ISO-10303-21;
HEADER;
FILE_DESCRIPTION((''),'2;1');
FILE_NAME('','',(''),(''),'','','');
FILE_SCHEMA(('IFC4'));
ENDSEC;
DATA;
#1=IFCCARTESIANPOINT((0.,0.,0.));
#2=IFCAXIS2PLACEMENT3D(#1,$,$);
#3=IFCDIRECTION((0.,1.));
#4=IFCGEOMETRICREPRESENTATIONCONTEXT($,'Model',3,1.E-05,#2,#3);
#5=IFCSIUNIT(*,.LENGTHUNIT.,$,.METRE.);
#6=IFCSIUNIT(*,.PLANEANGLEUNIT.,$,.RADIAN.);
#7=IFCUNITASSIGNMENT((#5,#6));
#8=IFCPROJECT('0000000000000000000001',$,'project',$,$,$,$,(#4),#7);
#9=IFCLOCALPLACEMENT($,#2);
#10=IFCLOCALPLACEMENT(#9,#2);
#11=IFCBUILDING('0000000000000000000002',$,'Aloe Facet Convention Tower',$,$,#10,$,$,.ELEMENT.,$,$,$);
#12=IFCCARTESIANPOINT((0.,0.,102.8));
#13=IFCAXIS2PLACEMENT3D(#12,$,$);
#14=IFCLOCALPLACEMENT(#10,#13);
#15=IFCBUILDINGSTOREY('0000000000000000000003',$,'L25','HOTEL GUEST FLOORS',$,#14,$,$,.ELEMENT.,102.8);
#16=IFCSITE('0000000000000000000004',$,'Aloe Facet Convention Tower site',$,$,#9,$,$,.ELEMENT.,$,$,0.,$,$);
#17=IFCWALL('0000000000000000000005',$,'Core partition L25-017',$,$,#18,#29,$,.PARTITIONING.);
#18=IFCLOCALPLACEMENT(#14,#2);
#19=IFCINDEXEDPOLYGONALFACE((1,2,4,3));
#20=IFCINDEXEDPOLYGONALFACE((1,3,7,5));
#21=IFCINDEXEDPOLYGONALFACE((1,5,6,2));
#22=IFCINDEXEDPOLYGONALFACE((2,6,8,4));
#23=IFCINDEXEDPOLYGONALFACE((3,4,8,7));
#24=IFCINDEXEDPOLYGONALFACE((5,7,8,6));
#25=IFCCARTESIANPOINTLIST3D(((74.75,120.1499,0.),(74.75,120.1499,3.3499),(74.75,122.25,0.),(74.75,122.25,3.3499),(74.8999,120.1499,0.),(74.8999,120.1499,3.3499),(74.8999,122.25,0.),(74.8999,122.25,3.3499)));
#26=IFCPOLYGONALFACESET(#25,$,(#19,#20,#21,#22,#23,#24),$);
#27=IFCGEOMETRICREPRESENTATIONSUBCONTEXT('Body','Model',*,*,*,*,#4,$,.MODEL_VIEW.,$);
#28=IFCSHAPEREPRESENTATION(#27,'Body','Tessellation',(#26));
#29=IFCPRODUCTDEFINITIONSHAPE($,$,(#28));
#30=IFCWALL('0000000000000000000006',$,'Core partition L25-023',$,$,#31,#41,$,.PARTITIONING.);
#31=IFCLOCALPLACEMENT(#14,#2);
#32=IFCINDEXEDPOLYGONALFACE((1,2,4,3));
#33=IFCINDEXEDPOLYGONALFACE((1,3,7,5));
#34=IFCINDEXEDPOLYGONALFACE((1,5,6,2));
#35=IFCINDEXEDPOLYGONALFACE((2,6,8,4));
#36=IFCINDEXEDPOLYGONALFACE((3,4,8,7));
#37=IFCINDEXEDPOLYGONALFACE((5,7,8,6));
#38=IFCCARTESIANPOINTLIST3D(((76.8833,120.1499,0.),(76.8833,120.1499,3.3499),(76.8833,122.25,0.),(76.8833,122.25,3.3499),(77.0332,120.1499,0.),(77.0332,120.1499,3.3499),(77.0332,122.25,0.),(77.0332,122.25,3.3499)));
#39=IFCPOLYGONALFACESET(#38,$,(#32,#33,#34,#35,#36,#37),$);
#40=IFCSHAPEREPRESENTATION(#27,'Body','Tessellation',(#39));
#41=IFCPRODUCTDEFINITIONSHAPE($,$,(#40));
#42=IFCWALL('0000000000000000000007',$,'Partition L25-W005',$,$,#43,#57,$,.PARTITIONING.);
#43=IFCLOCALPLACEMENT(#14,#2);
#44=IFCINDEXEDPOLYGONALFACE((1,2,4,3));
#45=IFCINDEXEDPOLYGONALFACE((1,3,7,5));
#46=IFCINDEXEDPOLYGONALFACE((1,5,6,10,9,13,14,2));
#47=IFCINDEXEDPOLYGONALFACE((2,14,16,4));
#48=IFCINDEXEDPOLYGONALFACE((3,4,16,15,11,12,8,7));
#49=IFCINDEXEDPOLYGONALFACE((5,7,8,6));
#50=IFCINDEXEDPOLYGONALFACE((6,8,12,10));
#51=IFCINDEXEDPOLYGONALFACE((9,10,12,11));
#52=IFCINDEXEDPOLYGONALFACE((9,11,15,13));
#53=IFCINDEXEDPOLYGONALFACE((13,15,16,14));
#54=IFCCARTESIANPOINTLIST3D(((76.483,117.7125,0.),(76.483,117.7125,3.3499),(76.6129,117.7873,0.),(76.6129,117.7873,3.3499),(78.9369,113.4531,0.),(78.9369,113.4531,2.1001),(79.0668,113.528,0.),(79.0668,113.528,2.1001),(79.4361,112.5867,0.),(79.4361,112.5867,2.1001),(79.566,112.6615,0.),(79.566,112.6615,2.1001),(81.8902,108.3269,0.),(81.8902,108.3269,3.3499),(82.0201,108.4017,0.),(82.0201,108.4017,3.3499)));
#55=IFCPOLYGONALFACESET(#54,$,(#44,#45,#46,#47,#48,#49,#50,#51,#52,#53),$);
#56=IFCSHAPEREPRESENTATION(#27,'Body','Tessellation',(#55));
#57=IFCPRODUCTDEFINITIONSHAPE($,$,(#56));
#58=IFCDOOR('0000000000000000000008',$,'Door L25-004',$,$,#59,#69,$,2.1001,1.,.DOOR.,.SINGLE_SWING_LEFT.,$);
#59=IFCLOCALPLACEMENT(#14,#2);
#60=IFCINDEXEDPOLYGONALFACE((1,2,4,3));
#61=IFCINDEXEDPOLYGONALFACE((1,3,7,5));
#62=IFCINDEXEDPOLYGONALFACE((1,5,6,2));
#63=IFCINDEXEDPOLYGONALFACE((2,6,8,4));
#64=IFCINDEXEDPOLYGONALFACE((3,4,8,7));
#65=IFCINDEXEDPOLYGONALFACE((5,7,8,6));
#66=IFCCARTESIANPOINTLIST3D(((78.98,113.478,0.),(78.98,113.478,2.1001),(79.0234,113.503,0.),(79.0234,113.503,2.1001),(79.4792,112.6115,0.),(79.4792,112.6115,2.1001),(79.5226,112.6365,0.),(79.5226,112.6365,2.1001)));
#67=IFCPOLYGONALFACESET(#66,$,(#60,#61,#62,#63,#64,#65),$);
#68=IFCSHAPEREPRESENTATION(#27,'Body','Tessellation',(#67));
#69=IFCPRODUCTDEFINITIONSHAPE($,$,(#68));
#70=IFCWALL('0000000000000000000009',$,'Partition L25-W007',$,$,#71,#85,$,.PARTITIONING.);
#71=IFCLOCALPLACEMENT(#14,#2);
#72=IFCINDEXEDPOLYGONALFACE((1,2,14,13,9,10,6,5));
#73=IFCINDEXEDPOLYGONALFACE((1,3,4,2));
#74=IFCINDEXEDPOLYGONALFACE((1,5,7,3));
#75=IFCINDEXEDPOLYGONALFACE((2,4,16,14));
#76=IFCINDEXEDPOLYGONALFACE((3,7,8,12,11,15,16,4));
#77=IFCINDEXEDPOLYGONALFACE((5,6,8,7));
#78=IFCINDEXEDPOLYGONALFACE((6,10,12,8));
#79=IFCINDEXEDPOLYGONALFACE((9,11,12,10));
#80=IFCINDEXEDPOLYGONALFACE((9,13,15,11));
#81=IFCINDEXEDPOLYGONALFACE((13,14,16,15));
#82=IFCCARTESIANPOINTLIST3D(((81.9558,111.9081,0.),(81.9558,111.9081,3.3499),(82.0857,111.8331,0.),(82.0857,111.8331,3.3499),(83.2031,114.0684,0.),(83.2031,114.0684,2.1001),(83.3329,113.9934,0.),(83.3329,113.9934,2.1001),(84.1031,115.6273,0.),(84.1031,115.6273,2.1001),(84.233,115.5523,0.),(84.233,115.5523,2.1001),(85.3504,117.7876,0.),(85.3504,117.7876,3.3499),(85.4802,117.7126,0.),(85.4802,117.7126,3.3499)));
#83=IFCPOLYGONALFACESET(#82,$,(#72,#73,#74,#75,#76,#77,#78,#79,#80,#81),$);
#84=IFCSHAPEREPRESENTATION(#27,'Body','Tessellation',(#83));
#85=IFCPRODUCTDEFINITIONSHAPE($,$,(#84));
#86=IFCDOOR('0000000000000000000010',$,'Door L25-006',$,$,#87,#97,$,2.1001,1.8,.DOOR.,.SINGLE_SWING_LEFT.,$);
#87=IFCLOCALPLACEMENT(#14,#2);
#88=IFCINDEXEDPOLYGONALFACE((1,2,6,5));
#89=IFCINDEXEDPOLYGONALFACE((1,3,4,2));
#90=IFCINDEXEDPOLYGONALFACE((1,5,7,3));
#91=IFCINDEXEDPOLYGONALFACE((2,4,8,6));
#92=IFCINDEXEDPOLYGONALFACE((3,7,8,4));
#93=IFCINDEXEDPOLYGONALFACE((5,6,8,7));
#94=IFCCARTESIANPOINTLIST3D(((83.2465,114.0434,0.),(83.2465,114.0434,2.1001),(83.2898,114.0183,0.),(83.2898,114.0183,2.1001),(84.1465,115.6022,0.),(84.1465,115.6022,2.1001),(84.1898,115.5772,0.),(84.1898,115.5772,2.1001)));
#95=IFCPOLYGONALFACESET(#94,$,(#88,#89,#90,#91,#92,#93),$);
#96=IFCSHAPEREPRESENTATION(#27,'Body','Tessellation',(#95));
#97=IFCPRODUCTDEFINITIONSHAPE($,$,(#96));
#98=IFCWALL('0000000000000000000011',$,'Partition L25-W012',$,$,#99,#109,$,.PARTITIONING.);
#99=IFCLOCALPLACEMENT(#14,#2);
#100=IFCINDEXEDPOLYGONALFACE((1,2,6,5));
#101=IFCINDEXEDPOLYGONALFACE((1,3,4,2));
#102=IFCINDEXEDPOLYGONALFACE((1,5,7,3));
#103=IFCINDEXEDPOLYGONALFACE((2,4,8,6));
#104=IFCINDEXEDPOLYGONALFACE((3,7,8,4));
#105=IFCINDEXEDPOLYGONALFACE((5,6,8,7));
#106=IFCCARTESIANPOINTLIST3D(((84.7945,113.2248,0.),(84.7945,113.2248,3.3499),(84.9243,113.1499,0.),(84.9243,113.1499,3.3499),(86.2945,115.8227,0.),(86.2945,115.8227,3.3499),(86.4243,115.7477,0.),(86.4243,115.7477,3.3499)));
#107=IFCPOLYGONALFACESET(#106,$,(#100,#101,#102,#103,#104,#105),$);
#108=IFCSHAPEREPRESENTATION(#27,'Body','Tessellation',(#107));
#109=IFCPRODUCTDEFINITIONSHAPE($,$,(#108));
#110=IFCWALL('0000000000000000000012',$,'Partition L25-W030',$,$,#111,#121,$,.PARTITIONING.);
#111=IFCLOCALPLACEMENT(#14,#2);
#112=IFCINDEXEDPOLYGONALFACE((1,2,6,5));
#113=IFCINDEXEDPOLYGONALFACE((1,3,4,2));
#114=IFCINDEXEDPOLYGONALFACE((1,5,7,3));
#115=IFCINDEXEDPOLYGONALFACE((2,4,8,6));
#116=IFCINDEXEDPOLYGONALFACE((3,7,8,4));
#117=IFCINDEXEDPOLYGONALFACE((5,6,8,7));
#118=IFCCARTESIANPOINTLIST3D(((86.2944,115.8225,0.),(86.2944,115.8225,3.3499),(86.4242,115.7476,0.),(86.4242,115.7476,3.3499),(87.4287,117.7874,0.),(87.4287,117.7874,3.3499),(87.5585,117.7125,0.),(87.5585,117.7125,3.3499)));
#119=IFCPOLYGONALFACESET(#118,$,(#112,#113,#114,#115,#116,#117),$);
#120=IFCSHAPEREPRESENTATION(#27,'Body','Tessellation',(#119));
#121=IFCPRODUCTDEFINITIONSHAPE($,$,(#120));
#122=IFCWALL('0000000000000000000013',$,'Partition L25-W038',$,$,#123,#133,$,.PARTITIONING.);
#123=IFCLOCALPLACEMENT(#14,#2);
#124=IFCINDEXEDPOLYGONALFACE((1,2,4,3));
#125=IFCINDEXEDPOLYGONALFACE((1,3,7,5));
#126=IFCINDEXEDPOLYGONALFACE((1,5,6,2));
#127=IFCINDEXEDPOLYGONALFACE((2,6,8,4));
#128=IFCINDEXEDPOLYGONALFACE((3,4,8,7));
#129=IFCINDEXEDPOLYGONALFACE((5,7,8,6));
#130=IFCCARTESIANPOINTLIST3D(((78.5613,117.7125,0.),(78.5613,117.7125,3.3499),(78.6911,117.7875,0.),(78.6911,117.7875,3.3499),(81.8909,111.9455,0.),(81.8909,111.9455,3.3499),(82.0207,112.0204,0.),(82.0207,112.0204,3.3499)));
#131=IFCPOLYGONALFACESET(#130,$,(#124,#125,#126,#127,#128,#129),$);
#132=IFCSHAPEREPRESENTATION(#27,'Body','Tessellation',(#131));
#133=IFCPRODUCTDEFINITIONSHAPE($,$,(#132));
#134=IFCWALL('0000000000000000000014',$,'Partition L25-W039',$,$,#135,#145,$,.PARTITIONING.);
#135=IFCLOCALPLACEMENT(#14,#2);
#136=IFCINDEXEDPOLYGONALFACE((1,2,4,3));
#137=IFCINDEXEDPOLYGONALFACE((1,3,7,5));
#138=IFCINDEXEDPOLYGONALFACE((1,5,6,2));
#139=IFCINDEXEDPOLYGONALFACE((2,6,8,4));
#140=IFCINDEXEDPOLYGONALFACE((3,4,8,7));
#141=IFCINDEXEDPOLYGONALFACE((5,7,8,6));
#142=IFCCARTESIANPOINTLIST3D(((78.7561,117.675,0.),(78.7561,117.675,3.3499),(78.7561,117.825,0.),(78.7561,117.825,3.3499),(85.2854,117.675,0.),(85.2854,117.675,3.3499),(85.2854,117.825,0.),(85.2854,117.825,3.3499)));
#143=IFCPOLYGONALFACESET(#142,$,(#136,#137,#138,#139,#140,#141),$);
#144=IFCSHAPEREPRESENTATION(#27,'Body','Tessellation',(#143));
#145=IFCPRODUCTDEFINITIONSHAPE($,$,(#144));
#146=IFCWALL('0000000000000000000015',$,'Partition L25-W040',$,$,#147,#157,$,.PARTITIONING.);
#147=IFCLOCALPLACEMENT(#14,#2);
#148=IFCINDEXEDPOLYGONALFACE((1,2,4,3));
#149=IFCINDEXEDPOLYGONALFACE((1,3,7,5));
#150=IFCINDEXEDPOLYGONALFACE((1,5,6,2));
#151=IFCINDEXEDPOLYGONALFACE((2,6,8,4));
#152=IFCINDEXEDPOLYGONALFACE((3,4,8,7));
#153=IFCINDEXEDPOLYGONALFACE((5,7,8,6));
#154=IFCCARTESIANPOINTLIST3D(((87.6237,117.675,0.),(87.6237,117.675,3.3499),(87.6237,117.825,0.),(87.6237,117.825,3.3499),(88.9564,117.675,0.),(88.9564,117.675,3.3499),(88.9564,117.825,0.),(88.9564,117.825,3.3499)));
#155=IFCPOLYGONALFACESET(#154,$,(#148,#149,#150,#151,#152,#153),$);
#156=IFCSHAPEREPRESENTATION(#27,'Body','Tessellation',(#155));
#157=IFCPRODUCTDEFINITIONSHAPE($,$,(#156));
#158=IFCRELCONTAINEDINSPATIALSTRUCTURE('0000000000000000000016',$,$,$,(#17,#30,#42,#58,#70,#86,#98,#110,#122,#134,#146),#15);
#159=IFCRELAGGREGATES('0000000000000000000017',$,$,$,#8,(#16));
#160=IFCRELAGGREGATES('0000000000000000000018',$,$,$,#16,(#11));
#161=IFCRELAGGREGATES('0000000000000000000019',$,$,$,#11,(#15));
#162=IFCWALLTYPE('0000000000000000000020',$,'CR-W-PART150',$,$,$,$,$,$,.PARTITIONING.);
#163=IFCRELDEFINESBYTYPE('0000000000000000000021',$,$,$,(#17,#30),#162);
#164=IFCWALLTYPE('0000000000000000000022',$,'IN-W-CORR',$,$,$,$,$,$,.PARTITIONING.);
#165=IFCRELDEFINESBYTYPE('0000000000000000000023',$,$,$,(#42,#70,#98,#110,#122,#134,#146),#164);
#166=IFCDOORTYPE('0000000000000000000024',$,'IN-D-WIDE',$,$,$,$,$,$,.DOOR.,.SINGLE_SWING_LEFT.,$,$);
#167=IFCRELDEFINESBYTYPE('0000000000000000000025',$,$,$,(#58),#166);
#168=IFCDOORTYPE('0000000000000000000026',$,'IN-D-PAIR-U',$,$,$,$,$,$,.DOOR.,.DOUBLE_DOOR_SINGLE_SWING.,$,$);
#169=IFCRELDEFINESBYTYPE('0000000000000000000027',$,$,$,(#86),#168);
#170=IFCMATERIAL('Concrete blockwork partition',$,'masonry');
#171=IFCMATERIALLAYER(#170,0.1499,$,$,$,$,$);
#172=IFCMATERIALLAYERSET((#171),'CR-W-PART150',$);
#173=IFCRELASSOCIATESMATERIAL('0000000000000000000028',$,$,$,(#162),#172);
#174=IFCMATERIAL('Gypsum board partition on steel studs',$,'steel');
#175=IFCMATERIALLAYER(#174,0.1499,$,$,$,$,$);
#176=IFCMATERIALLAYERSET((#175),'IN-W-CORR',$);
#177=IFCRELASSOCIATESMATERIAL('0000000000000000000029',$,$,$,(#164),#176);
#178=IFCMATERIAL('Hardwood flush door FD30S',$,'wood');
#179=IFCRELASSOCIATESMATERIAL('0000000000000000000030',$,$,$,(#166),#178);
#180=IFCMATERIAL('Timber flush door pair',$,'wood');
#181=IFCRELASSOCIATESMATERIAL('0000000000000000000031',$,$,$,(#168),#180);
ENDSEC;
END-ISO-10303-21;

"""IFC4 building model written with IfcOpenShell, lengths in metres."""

from ifc_helpers import new_model, si_unit, direction, frame, frame_2d, origin, place, context, subcontext, project, spatial, rectangle, extrude, material, layer, layer_set, type_object, element, fill, save


model = new_model("IFC4")

# Units and contexts
model_context = context("Model", 3, precision=1e-05, world=origin(), true_north=direction((0.0, 1.0)))
body_context = subcontext(model_context, "Body", "Model", "MODEL_VIEW")
ifc_project = project(units=[si_unit("LENGTHUNIT", "METRE"), si_unit("PLANEANGLEUNIT", "RADIAN")], contexts=[model_context])

# Site, building, storey
site_placement = place(None, origin())
site = spatial("IfcSite", under=ifc_project, at=site_placement, Name="Aloe Facet Convention Tower site", CompositionType="ELEMENT", RefElevation=0.0)
building_placement = place(site_placement, origin())
building = spatial("IfcBuilding", under=site, at=building_placement, Name="Aloe Facet Convention Tower", CompositionType="ELEMENT")
storey_placement = place(building_placement, frame((0.0, 0.0, 102.8)))
storey = spatial("IfcBuildingStorey", under=building, at=storey_placement, Name="L25", Description="HOTEL GUEST FLOORS", CompositionType="ELEMENT", Elevation=102.8)

# Walls
ifc_material_1 = material(Name="Concrete blockwork partition", Category="masonry")
ifc_layer_1 = layer(ifc_material_1, 0.1499)
ifc_layer_set_1 = layer_set([ifc_layer_1], Name="CR-W-PART150")
wall_type_1 = type_object("IfcWallType", Name="CR-W-PART150", PredefinedType="PARTITIONING", material=ifc_layer_set_1)
for number, where, z_axis, x_axis, name in (
    (1, (74.825, 122.25, 0.0), (0.0, 0.0, 1.0), (0.0, -1.0, 0.0), "Core partition L25-017"),
    (2, (76.9583, 122.25, 0.0), (0.0, 0.0, 1.0), (0.0, -1.0, 0.0), "Core partition L25-023"),
):
    element("IfcWall", number, at=place(storey_placement, frame(where, z_axis=z_axis, x_axis=x_axis)), inside=storey, type_object=wall_type_1, Name=name, PredefinedType="PARTITIONING", context=body_context, shape_type="SweptSolid", body=[
        extrude(rectangle(XDim=2.1001, YDim=0.1499, at=frame_2d((1.05, 0.0))), origin(), (0.0, 0.0, 1.0), 3.3499),
    ])

# Walls, openings, doors
ifc_material_2 = material(Name="Gypsum board partition on steel studs", Category="steel")
ifc_layer_2 = layer(ifc_material_2, 0.1499)
ifc_layer_set_2 = layer_set([ifc_layer_2], Name="IN-W-CORR")
wall_type_2 = type_object("IfcWallType", Name="IN-W-CORR", PredefinedType="PARTITIONING", material=ifc_layer_set_2)
wall_1_placement = place(storey_placement, frame((76.5479, 117.75, 0.0), z_axis=(0.0, 0.0, 1.0), x_axis=(0.499204, -0.866484, 0.0)))
wall_1 = element("IfcWall", 3, at=wall_1_placement, inside=storey, type_object=wall_type_2, Name="Partition L25-W005", PredefinedType="PARTITIONING", context=body_context, shape_type="SweptSolid", body=[
    extrude(rectangle(XDim=10.8318, YDim=0.1499, at=frame_2d((5.416, 0.0))), origin(), (0.0, 0.0, 1.0), 3.3499),
])
opening_1_placement = place(wall_1_placement, frame((4.9158, 0.0, 0.0)))
opening_1 = element("IfcOpeningElement", 4, at=opening_1_placement, cuts=wall_1, PredefinedType="OPENING", context=body_context, shape_type="SweptSolid", body=[
    extrude(rectangle(XDim=1.0, YDim=2.1001, at=frame_2d((0.5, 1.05))), frame((0.0, 0.085, 0.0), z_axis=(0.0, -1.0, 0.0), x_axis=(1.0, 0.0, 0.0)), (0.0, 0.0, 1.0), 0.1699),
])
ifc_material_3 = material(Name="Hardwood flush door FD30S", Category="wood")
door_type_1 = type_object("IfcDoorType", Name="IN-D-WIDE", OperationType="SINGLE_SWING_LEFT", PredefinedType="DOOR", material=ifc_material_3)
door_1_placement = place(opening_1_placement, origin())
door_1 = element("IfcDoor", 5, at=door_1_placement, inside=storey, type_object=door_type_1, Name="Door L25-004", OperationType="SINGLE_SWING_LEFT", OverallHeight=2.1001, OverallWidth=1.0, PredefinedType="DOOR", context=body_context, shape_type="SweptSolid", body=[
    extrude(rectangle(XDim=1.0, YDim=2.1001, at=frame_2d((0.5, 1.05))), frame((0.0, 0.0249, 0.0), z_axis=(0.0, -1.0, 0.0), x_axis=(1.0, 0.0, 0.0)), (0.0, 0.0, 1.0), 0.05),
])
fill(opening_1, door_1)
wall_2_placement = place(storey_placement, frame((82.0208, 111.8706, 0.0), z_axis=(0.0, 0.0, 1.0), x_axis=(0.500007, 0.866021, 0.0)))
wall_2 = element("IfcWall", 6, at=wall_2_placement, inside=storey, type_object=wall_type_2, Name="Partition L25-W007", PredefinedType="PARTITIONING", context=body_context, shape_type="SweptSolid", body=[
    extrude(rectangle(XDim=6.7891, YDim=0.1499, at=frame_2d((3.3945, 0.0))), origin(), (0.0, 0.0, 1.0), 3.3499),
])
opening_2_placement = place(wall_2_placement, frame((2.4946, 0.0, 0.0)))
opening_2 = element("IfcOpeningElement", 7, at=opening_2_placement, cuts=wall_2, PredefinedType="OPENING", context=body_context, shape_type="SweptSolid", body=[
    extrude(rectangle(XDim=1.8, YDim=2.1001, at=frame_2d((0.8999, 1.05))), frame((0.0, 0.085, 0.0), z_axis=(0.0, -1.0, 0.0), x_axis=(1.0, 0.0, 0.0)), (0.0, 0.0, 1.0), 0.1699),
])
ifc_material_4 = material(Name="Timber flush door pair", Category="wood")
door_type_2 = type_object("IfcDoorType", Name="IN-D-PAIR-U", OperationType="DOUBLE_DOOR_SINGLE_SWING", PredefinedType="DOOR", material=ifc_material_4)
door_2_placement = place(opening_2_placement, origin())
door_2 = element("IfcDoor", 8, at=door_2_placement, inside=storey, type_object=door_type_2, Name="Door L25-006", OperationType="SINGLE_SWING_LEFT", OverallHeight=2.1001, OverallWidth=1.8, PredefinedType="DOOR", context=body_context, shape_type="SweptSolid", body=[
    extrude(rectangle(XDim=1.8, YDim=2.1001, at=frame_2d((0.8999, 1.05))), frame((0.0, 0.0249, 0.0), z_axis=(0.0, -1.0, 0.0), x_axis=(1.0, 0.0, 0.0)), (0.0, 0.0, 1.0), 0.05),
])
fill(opening_2, door_2)

# Walls
wall_3_placement = place(storey_placement, frame((84.8594, 113.1873, 0.0), z_axis=(0.0, 0.0, 1.0), x_axis=(0.500025, 0.866011, 0.0)))
element("IfcWall", 9, at=wall_3_placement, inside=storey, type_object=wall_type_2, Name="Partition L25-W012", PredefinedType="PARTITIONING", context=body_context, shape_type="SweptSolid", body=[
    extrude(rectangle(XDim=2.9998, YDim=0.1499, at=frame_2d((1.5, 0.0))), origin(), (0.0, 0.0, 1.0), 3.3499),
])
wall_4_placement = place(storey_placement, frame((86.3594, 115.7852, 0.0), z_axis=(0.0, 0.0, 1.0), x_axis=(0.499958, 0.866049, 0.0)))
element("IfcWall", 10, at=wall_4_placement, inside=storey, type_object=wall_type_2, Name="Partition L25-W030", PredefinedType="PARTITIONING", context=body_context, shape_type="SweptSolid", body=[
    extrude(rectangle(XDim=2.2688, YDim=0.1499, at=frame_2d((1.1343, 0.0))), origin(), (0.0, 0.0, 1.0), 3.3499),
])
wall_5_placement = place(storey_placement, frame((78.6262, 117.75, 0.0), z_axis=(0.0, 0.0, 1.0), x_axis=(0.499995, -0.866028, 0.0)))
element("IfcWall", 11, at=wall_5_placement, inside=storey, type_object=wall_type_2, Name="Partition L25-W038", PredefinedType="PARTITIONING", context=body_context, shape_type="SweptSolid", body=[
    extrude(rectangle(XDim=6.6592, YDim=0.1499, at=frame_2d((3.3296, 0.0))), origin(), (0.0, 0.0, 1.0), 3.3499),
])
wall_6_placement = place(storey_placement, frame((78.7561, 117.75, 0.0), z_axis=(0.0, 0.0, 1.0), x_axis=(1.0, 0.0, 0.0)))
element("IfcWall", 12, at=wall_6_placement, inside=storey, type_object=wall_type_2, Name="Partition L25-W039", PredefinedType="PARTITIONING", context=body_context, shape_type="SweptSolid", body=[
    extrude(rectangle(XDim=6.5293, YDim=0.1499, at=frame_2d((3.2646, 0.0))), origin(), (0.0, 0.0, 1.0), 3.3499),
])
wall_7_placement = place(storey_placement, frame((87.6235, 117.75, 0.0), z_axis=(0.0, 0.0, 1.0), x_axis=(1.0, 0.0, 0.0)))
element("IfcWall", 13, at=wall_7_placement, inside=storey, type_object=wall_type_2, Name="Partition L25-W040", PredefinedType="PARTITIONING", context=body_context, shape_type="SweptSolid", body=[
    extrude(rectangle(XDim=1.3328, YDim=0.1499, at=frame_2d((0.6665, 0.0))), origin(), (0.0, 0.0, 1.0), 3.3499),
])

save(model, "model.ifc")
